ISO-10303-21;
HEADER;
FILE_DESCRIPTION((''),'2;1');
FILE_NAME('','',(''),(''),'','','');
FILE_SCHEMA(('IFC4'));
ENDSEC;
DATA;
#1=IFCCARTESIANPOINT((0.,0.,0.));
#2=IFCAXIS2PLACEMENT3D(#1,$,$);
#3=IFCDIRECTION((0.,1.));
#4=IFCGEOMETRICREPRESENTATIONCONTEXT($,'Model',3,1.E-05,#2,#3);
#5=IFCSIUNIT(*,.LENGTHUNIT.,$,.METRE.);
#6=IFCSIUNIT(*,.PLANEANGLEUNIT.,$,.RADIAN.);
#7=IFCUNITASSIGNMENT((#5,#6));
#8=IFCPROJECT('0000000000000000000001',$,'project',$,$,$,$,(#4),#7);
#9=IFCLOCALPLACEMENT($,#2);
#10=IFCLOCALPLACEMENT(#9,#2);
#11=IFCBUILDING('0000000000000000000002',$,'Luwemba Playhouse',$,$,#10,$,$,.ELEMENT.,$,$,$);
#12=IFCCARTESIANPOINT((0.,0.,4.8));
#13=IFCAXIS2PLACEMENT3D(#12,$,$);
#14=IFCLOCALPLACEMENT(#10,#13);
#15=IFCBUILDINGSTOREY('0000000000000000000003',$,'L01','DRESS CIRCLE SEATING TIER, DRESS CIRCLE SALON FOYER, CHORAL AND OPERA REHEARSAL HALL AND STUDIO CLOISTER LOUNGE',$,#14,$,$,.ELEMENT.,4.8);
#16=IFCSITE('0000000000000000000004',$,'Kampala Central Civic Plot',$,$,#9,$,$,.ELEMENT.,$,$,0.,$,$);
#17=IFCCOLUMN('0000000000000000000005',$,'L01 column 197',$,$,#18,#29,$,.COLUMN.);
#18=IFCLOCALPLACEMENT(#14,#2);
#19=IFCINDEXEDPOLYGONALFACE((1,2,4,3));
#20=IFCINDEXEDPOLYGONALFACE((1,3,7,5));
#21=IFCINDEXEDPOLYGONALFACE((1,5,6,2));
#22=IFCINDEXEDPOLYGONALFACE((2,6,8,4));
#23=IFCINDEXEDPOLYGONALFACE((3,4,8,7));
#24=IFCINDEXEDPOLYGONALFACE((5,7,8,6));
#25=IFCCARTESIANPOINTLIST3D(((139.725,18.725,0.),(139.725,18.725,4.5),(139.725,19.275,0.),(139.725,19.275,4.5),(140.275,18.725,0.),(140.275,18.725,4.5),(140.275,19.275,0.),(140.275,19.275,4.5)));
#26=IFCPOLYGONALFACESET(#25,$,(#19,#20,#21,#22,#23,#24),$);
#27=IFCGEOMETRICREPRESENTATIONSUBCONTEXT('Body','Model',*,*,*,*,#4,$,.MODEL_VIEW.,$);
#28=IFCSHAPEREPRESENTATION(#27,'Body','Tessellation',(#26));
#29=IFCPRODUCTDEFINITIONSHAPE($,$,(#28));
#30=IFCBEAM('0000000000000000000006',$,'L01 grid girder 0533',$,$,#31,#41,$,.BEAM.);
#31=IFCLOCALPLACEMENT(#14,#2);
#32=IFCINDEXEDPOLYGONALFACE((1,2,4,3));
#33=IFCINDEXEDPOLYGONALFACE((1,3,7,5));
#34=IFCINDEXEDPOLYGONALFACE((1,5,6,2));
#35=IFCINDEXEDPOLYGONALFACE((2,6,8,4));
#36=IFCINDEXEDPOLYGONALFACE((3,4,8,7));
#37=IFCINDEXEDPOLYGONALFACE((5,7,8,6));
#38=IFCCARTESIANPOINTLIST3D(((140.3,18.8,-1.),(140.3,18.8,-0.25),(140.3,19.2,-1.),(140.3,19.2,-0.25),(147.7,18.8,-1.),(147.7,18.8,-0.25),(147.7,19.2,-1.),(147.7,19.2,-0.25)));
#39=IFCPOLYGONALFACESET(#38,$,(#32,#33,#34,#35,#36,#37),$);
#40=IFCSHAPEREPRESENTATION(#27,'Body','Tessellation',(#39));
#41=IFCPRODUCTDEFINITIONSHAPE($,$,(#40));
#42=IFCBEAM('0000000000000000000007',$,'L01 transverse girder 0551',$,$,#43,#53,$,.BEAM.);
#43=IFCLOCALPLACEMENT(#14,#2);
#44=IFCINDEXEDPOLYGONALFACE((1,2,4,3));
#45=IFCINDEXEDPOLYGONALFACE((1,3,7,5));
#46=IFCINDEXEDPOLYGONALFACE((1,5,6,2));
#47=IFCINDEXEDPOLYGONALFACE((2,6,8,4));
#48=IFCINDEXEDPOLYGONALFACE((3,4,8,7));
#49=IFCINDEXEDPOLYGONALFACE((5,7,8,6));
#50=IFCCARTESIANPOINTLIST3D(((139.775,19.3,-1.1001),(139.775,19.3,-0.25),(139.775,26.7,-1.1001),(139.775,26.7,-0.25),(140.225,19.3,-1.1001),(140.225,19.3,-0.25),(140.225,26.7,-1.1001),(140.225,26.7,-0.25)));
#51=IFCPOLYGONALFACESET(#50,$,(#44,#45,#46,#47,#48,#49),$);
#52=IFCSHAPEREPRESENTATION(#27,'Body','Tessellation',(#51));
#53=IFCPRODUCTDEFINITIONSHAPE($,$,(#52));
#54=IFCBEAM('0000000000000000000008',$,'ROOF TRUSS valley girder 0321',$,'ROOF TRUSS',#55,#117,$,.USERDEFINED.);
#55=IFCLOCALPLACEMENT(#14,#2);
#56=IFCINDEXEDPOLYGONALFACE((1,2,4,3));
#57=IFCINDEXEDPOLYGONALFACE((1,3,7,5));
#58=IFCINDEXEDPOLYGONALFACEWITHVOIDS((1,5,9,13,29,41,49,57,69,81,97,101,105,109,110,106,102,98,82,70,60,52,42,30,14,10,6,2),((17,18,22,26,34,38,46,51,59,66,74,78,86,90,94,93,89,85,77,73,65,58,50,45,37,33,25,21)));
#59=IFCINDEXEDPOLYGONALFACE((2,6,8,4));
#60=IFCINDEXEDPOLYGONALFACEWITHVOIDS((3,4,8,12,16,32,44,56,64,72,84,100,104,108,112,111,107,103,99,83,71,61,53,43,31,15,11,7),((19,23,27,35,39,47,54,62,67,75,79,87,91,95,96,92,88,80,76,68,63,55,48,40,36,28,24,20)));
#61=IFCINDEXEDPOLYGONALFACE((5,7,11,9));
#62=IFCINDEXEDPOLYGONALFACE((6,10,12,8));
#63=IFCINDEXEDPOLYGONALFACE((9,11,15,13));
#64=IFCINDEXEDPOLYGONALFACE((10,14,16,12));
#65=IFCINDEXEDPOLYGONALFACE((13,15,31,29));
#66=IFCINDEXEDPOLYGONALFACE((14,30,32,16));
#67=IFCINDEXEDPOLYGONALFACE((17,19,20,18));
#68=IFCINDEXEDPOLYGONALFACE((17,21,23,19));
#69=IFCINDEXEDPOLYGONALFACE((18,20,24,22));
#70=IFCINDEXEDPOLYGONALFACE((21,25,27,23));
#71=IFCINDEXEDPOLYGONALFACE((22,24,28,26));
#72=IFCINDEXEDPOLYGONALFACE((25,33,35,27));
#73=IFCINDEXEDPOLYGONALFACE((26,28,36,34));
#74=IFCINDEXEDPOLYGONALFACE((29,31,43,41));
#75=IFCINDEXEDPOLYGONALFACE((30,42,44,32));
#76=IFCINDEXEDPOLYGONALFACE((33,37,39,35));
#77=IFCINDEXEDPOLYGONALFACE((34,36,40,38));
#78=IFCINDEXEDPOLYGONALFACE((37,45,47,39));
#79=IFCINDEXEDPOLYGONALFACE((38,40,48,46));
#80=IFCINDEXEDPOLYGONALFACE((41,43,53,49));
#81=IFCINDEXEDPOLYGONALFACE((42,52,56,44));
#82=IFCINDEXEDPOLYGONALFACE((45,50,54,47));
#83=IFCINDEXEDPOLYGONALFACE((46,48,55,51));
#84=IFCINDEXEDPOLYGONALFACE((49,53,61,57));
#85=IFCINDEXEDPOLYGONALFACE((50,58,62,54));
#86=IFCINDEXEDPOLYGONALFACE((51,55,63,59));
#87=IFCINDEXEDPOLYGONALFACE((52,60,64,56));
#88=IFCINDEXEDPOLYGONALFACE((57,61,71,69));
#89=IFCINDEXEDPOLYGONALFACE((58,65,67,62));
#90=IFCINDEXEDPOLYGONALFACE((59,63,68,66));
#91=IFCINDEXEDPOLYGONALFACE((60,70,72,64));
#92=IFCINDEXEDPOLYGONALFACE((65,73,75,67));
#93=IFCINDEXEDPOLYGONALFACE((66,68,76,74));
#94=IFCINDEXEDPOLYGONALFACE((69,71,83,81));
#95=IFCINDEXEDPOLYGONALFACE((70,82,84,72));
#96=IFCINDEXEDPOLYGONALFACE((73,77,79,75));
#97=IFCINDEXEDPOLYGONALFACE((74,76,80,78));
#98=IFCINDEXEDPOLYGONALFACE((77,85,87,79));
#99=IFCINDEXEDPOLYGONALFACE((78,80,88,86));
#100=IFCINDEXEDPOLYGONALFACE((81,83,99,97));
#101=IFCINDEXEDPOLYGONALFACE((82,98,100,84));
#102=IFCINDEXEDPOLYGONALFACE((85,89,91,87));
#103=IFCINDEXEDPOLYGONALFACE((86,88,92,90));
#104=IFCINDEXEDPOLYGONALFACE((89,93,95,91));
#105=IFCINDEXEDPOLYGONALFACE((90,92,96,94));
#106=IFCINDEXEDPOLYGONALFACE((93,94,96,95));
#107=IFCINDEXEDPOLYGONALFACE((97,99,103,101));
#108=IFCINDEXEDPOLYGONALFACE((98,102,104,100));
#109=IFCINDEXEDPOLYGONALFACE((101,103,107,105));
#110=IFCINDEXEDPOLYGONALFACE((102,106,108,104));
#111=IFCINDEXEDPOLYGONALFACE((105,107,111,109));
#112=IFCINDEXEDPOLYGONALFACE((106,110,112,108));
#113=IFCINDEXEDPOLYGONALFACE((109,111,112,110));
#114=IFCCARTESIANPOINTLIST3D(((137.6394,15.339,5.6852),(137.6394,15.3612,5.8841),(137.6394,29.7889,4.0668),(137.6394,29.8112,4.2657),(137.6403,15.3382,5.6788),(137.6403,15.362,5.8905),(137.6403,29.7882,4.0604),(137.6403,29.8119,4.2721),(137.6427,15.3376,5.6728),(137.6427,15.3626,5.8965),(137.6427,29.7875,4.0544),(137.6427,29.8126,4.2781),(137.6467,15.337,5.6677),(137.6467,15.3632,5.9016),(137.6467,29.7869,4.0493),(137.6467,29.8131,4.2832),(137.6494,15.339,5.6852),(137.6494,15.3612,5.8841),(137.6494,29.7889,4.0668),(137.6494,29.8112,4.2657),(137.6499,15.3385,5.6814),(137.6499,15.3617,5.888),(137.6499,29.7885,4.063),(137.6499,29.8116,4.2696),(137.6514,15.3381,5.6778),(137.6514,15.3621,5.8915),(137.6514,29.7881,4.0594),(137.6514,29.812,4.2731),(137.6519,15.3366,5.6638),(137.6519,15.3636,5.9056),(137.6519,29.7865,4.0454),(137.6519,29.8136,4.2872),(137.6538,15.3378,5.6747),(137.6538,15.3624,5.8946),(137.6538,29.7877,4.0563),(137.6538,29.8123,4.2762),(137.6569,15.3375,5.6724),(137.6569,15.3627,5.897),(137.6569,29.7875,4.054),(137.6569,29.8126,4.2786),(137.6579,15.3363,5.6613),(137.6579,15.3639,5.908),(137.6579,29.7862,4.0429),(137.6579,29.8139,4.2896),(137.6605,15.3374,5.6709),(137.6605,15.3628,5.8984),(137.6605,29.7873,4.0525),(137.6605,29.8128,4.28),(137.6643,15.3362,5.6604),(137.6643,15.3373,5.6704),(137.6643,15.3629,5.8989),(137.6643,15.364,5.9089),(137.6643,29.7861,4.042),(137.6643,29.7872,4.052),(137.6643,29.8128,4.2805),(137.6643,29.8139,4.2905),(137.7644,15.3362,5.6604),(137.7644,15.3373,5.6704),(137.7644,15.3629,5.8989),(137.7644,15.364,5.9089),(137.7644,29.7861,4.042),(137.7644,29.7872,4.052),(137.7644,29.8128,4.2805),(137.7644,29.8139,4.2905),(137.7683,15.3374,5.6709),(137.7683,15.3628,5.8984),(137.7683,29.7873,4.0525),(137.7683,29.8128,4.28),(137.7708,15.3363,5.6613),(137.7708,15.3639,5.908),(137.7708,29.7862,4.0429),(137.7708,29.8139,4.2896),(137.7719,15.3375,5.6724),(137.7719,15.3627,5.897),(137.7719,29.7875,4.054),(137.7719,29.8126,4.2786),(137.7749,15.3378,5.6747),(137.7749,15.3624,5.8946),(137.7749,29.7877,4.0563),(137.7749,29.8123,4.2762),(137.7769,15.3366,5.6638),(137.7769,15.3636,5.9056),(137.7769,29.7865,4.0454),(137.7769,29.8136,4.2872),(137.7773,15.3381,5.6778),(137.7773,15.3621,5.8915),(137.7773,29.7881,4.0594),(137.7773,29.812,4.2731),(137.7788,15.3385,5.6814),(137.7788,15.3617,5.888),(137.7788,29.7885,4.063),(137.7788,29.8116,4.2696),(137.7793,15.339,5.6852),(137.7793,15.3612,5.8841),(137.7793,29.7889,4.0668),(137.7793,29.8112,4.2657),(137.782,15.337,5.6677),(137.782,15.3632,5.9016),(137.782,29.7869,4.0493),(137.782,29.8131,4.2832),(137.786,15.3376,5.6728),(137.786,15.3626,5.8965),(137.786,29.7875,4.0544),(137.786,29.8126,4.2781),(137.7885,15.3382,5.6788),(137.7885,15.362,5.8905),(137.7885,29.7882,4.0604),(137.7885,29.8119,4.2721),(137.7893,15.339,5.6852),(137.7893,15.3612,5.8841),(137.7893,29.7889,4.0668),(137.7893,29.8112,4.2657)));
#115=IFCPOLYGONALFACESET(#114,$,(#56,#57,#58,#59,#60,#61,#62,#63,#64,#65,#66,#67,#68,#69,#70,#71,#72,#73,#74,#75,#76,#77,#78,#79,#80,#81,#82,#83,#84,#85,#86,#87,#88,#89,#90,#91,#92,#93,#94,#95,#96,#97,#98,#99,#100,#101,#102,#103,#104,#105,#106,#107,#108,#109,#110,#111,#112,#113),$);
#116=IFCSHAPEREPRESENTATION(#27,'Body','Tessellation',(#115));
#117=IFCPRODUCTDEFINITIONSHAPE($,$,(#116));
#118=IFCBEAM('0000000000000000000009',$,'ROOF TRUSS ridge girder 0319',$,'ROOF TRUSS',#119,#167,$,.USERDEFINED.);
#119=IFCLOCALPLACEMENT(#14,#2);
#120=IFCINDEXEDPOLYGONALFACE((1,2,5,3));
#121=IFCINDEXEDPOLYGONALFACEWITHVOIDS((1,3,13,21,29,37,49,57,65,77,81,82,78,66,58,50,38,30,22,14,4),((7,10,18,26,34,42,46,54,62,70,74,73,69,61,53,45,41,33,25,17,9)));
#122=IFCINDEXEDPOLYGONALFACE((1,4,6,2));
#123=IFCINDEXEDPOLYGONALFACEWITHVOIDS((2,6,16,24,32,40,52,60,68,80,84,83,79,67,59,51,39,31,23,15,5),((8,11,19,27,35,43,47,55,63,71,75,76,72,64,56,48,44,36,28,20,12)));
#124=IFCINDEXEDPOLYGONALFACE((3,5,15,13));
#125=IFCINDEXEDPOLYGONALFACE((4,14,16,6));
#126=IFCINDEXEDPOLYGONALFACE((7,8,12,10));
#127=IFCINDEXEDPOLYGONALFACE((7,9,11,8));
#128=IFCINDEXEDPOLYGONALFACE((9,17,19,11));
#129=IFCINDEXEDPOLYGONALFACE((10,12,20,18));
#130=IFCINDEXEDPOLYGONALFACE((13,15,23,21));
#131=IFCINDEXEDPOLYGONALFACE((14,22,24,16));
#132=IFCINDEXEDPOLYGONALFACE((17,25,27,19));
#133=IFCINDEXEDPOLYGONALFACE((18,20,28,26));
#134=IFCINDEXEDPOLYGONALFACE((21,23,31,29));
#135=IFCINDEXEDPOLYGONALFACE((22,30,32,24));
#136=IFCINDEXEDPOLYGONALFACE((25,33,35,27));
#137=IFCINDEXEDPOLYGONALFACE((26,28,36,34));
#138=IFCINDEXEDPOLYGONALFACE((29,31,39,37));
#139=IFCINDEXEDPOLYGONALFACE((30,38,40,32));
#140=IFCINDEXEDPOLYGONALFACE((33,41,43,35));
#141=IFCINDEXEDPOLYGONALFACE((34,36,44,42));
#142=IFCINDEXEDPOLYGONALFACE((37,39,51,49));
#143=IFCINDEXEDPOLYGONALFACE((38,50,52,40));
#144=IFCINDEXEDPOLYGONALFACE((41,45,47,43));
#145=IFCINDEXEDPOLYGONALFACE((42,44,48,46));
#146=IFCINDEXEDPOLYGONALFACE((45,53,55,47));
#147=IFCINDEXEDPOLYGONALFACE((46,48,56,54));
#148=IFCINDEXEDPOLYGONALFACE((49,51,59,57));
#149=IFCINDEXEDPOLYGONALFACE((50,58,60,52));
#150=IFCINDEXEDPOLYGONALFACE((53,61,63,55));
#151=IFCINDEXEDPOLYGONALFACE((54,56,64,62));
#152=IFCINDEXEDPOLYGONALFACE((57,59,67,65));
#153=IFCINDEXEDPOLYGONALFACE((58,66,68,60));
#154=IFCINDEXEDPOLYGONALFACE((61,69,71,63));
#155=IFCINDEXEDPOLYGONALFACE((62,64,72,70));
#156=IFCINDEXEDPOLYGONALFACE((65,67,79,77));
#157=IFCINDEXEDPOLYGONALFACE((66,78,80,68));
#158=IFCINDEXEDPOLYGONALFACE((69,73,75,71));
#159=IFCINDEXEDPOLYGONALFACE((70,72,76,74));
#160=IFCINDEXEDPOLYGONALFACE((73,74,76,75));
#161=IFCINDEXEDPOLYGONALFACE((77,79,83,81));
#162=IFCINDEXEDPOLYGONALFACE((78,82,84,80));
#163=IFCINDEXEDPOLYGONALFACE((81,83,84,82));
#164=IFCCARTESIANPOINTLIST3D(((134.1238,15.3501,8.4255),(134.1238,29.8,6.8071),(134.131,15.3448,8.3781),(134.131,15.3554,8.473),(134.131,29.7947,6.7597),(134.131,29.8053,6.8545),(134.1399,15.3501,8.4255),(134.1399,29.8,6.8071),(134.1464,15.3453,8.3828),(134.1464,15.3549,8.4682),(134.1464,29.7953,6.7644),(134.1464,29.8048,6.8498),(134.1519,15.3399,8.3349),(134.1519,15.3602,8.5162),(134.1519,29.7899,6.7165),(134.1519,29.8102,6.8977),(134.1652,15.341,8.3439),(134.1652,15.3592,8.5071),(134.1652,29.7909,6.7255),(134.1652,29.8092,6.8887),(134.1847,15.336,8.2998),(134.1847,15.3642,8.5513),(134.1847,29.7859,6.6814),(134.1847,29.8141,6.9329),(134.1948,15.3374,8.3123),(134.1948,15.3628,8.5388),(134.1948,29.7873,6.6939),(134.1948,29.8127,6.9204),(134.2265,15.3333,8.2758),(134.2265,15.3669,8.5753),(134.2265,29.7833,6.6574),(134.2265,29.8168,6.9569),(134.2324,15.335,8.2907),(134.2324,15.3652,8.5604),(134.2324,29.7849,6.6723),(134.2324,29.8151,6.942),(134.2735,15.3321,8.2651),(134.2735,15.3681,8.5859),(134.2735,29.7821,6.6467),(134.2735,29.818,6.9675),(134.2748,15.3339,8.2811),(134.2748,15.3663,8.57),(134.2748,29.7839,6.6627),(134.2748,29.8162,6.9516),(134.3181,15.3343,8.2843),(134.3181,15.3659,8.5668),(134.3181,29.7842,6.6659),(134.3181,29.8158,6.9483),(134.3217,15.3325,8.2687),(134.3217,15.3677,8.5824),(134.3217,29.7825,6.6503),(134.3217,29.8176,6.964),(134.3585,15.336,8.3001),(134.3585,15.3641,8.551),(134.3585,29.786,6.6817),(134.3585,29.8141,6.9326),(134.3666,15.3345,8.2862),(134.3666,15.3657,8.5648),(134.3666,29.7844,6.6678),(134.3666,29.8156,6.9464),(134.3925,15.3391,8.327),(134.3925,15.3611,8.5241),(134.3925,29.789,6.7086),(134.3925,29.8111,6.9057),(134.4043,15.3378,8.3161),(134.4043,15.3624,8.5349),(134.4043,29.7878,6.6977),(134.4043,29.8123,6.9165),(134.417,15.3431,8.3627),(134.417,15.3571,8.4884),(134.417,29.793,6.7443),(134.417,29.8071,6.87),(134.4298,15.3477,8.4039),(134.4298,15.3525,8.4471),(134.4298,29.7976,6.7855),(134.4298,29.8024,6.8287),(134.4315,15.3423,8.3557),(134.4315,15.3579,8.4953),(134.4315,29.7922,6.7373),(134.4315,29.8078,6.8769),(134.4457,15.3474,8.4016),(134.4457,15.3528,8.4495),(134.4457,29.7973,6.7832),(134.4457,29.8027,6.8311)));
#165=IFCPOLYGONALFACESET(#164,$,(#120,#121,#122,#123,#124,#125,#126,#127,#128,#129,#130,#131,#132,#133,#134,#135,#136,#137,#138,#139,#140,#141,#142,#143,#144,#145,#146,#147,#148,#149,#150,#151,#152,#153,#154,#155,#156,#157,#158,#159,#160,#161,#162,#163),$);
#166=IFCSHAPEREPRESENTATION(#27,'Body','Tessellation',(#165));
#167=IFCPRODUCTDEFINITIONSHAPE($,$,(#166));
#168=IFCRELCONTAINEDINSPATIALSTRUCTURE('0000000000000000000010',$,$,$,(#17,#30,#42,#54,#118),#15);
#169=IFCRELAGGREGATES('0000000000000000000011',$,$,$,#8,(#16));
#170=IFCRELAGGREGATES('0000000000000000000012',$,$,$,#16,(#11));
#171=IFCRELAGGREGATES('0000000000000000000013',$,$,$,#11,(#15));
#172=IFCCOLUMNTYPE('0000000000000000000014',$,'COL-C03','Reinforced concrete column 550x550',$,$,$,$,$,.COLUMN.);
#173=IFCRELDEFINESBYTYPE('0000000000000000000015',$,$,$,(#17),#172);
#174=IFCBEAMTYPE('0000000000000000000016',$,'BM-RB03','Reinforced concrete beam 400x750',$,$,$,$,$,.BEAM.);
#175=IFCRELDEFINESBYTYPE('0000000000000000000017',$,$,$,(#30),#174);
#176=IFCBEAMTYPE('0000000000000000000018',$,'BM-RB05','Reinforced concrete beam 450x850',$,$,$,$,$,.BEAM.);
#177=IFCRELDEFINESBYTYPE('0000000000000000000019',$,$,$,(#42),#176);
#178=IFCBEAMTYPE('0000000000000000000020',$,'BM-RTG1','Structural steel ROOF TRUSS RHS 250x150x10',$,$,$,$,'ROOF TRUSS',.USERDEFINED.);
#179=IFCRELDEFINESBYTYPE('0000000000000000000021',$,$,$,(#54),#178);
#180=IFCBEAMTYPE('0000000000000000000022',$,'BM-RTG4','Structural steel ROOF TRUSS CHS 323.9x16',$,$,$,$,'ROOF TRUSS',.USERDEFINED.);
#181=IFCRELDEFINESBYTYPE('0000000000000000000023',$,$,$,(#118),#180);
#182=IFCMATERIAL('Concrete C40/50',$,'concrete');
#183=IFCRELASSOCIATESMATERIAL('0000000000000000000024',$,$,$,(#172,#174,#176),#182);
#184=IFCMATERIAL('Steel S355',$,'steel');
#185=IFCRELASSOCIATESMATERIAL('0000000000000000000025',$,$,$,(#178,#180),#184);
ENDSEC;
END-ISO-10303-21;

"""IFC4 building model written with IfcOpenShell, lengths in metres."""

from ifc_helpers import new_model, si_unit, direction, frame, origin, origin_2d, place, context, subcontext, project, spatial, rectangle, hollow_rectangle, hollow_circle, extrude, material, material_profile, profile_set, type_object, element, save


model = new_model("IFC4")

# Units and contexts
model_context = context("Model", 3, precision=1e-05, world=origin(), true_north=direction((0.0, 1.0)))
body_context = subcontext(model_context, "Body", "Model", "MODEL_VIEW")
ifc_project = project(units=[si_unit("LENGTHUNIT", "METRE"), si_unit("PLANEANGLEUNIT", "RADIAN")], contexts=[model_context])

# Site, building, storey
site_placement = place(None, origin())
site = spatial("IfcSite", under=ifc_project, at=site_placement, Name="Kampala Central Civic Plot", CompositionType="ELEMENT", RefElevation=0.0)
building_placement = place(site_placement, origin())
building = spatial("IfcBuilding", under=site, at=building_placement, Name="Luwemba Playhouse", CompositionType="ELEMENT")
storey_placement = place(building_placement, frame((0.0, 0.0, 4.8)))
storey = spatial("IfcBuildingStorey", under=building, at=storey_placement, Name="L01", Description="DRESS CIRCLE SEATING TIER, DRESS CIRCLE SALON FOYER, CHORAL AND OPERA REHEARSAL HALL AND STUDIO CLOISTER LOUNGE", CompositionType="ELEMENT", Elevation=4.8)

# Column
ifc_material_1 = material(Name="Concrete C40/50", Category="concrete")
ifc_material_profile_1 = material_profile(ifc_material_1, rectangle(XDim=0.55, YDim=0.55, at=origin_2d()))
ifc_profile_set_1 = profile_set([ifc_material_profile_1], Name="Concrete C40/50")
column_type = type_object("IfcColumnType", Name="COL-C03", Description="Reinforced concrete column 550x550", PredefinedType="COLUMN", material=ifc_profile_set_1)
column_placement = place(storey_placement, frame((140.0, 19.0, 0.0), z_axis=(0.0, 0.0, 1.0), x_axis=(1.0, 0.0, 0.0)))
element("IfcColumn", 1, at=column_placement, inside=storey, type_object=column_type, Name="L01 column 197", PredefinedType="COLUMN", context=body_context, shape_type="SweptSolid", body=[
    extrude(rectangle(XDim=0.55, YDim=0.55, at=origin_2d()), origin(), (0.0, 0.0, 1.0), 4.5),
])

# Beams
ifc_material_profile_2 = material_profile(ifc_material_1, rectangle(XDim=0.3999, YDim=0.75, at=origin_2d()))
ifc_profile_set_2 = profile_set([ifc_material_profile_2], Name="Concrete C40/50")
beam_type_1 = type_object("IfcBeamType", Name="BM-RB03", Description="Reinforced concrete beam 400x750", PredefinedType="BEAM", material=ifc_profile_set_2)
beam_1_placement = place(storey_placement, frame((140.3, 19.0, -0.625), z_axis=(1.0, 0.0, 0.0), x_axis=(0.0, 1.0, 0.0)))
element("IfcBeam", 2, at=beam_1_placement, inside=storey, type_object=beam_type_1, Name="L01 grid girder 0533", PredefinedType="BEAM", context=body_context, shape_type="SweptSolid", body=[
    extrude(rectangle(XDim=0.3999, YDim=0.75, at=origin_2d()), origin(), (0.0, 0.0, 1.0), 7.3999),
])
ifc_material_profile_3 = material_profile(ifc_material_1, rectangle(XDim=0.45, YDim=0.8501, at=origin_2d()))
ifc_profile_set_3 = profile_set([ifc_material_profile_3], Name="Concrete C40/50")
beam_type_2 = type_object("IfcBeamType", Name="BM-RB05", Description="Reinforced concrete beam 450x850", PredefinedType="BEAM", material=ifc_profile_set_3)
beam_2_placement = place(storey_placement, frame((140.0, 19.3, -0.675), z_axis=(0.0, 1.0, 0.0), x_axis=(-1.0, 0.0, 0.0)))
element("IfcBeam", 3, at=beam_2_placement, inside=storey, type_object=beam_type_2, Name="L01 transverse girder 0551", PredefinedType="BEAM", context=body_context, shape_type="SweptSolid", body=[
    extrude(rectangle(XDim=0.45, YDim=0.8501, at=origin_2d()), origin(), (0.0, 0.0, 1.0), 7.3999),
])
ifc_material_2 = material(Name="Steel S355", Category="steel")
ifc_material_profile_4 = material_profile(ifc_material_2, hollow_rectangle(XDim=0.1499, YDim=0.25, WallThickness=0.01, InnerFilletRadius=0.0149, OuterFilletRadius=0.0249, at=origin_2d()))
ifc_profile_set_4 = profile_set([ifc_material_profile_4], Name="Steel S355")
beam_type_3 = type_object("IfcBeamType", Name="BM-RTG1", Description="Structural steel ROOF TRUSS RHS 250x150x10", ElementType="ROOF TRUSS", PredefinedType="USERDEFINED", material=ifc_profile_set_4)
beam_3_placement = place(storey_placement, frame((137.7144, 15.3501, 5.7847), z_axis=(0.0, 0.993786, -0.111305), x_axis=(-1.0, 0.0, 0.0)))
element("IfcBeam", 4, at=beam_3_placement, inside=storey, type_object=beam_type_3, Name="ROOF TRUSS valley girder 0321", ObjectType="ROOF TRUSS", PredefinedType="USERDEFINED", context=body_context, shape_type="SweptSolid", body=[
    extrude(hollow_rectangle(XDim=0.1499, YDim=0.25, WallThickness=0.01, InnerFilletRadius=0.0149, OuterFilletRadius=0.0249, at=origin_2d()), origin(), (0.0, 0.0, 1.0), 14.5403),
])
ifc_material_profile_5 = material_profile(ifc_material_2, hollow_circle(Radius=0.1619, WallThickness=0.0161, at=origin_2d()))
ifc_profile_set_5 = profile_set([ifc_material_profile_5], Name="Steel S355")
beam_type_4 = type_object("IfcBeamType", Name="BM-RTG4", Description="Structural steel ROOF TRUSS CHS 323.9x16", ElementType="ROOF TRUSS", PredefinedType="USERDEFINED", material=ifc_profile_set_5)
beam_4_placement = place(storey_placement, frame((134.2856, 15.3501, 8.4255), z_axis=(0.0, 0.993786, -0.111305), x_axis=(-1.0, 0.0, 0.0)))
element("IfcBeam", 5, at=beam_4_placement, inside=storey, type_object=beam_type_4, Name="ROOF TRUSS ridge girder 0319", ObjectType="ROOF TRUSS", PredefinedType="USERDEFINED", context=body_context, shape_type="SweptSolid", body=[
    extrude(hollow_circle(Radius=0.1619, WallThickness=0.0161, at=origin_2d()), origin(), (0.0, 0.0, 1.0), 14.5403),
])

save(model, "model.ifc")
